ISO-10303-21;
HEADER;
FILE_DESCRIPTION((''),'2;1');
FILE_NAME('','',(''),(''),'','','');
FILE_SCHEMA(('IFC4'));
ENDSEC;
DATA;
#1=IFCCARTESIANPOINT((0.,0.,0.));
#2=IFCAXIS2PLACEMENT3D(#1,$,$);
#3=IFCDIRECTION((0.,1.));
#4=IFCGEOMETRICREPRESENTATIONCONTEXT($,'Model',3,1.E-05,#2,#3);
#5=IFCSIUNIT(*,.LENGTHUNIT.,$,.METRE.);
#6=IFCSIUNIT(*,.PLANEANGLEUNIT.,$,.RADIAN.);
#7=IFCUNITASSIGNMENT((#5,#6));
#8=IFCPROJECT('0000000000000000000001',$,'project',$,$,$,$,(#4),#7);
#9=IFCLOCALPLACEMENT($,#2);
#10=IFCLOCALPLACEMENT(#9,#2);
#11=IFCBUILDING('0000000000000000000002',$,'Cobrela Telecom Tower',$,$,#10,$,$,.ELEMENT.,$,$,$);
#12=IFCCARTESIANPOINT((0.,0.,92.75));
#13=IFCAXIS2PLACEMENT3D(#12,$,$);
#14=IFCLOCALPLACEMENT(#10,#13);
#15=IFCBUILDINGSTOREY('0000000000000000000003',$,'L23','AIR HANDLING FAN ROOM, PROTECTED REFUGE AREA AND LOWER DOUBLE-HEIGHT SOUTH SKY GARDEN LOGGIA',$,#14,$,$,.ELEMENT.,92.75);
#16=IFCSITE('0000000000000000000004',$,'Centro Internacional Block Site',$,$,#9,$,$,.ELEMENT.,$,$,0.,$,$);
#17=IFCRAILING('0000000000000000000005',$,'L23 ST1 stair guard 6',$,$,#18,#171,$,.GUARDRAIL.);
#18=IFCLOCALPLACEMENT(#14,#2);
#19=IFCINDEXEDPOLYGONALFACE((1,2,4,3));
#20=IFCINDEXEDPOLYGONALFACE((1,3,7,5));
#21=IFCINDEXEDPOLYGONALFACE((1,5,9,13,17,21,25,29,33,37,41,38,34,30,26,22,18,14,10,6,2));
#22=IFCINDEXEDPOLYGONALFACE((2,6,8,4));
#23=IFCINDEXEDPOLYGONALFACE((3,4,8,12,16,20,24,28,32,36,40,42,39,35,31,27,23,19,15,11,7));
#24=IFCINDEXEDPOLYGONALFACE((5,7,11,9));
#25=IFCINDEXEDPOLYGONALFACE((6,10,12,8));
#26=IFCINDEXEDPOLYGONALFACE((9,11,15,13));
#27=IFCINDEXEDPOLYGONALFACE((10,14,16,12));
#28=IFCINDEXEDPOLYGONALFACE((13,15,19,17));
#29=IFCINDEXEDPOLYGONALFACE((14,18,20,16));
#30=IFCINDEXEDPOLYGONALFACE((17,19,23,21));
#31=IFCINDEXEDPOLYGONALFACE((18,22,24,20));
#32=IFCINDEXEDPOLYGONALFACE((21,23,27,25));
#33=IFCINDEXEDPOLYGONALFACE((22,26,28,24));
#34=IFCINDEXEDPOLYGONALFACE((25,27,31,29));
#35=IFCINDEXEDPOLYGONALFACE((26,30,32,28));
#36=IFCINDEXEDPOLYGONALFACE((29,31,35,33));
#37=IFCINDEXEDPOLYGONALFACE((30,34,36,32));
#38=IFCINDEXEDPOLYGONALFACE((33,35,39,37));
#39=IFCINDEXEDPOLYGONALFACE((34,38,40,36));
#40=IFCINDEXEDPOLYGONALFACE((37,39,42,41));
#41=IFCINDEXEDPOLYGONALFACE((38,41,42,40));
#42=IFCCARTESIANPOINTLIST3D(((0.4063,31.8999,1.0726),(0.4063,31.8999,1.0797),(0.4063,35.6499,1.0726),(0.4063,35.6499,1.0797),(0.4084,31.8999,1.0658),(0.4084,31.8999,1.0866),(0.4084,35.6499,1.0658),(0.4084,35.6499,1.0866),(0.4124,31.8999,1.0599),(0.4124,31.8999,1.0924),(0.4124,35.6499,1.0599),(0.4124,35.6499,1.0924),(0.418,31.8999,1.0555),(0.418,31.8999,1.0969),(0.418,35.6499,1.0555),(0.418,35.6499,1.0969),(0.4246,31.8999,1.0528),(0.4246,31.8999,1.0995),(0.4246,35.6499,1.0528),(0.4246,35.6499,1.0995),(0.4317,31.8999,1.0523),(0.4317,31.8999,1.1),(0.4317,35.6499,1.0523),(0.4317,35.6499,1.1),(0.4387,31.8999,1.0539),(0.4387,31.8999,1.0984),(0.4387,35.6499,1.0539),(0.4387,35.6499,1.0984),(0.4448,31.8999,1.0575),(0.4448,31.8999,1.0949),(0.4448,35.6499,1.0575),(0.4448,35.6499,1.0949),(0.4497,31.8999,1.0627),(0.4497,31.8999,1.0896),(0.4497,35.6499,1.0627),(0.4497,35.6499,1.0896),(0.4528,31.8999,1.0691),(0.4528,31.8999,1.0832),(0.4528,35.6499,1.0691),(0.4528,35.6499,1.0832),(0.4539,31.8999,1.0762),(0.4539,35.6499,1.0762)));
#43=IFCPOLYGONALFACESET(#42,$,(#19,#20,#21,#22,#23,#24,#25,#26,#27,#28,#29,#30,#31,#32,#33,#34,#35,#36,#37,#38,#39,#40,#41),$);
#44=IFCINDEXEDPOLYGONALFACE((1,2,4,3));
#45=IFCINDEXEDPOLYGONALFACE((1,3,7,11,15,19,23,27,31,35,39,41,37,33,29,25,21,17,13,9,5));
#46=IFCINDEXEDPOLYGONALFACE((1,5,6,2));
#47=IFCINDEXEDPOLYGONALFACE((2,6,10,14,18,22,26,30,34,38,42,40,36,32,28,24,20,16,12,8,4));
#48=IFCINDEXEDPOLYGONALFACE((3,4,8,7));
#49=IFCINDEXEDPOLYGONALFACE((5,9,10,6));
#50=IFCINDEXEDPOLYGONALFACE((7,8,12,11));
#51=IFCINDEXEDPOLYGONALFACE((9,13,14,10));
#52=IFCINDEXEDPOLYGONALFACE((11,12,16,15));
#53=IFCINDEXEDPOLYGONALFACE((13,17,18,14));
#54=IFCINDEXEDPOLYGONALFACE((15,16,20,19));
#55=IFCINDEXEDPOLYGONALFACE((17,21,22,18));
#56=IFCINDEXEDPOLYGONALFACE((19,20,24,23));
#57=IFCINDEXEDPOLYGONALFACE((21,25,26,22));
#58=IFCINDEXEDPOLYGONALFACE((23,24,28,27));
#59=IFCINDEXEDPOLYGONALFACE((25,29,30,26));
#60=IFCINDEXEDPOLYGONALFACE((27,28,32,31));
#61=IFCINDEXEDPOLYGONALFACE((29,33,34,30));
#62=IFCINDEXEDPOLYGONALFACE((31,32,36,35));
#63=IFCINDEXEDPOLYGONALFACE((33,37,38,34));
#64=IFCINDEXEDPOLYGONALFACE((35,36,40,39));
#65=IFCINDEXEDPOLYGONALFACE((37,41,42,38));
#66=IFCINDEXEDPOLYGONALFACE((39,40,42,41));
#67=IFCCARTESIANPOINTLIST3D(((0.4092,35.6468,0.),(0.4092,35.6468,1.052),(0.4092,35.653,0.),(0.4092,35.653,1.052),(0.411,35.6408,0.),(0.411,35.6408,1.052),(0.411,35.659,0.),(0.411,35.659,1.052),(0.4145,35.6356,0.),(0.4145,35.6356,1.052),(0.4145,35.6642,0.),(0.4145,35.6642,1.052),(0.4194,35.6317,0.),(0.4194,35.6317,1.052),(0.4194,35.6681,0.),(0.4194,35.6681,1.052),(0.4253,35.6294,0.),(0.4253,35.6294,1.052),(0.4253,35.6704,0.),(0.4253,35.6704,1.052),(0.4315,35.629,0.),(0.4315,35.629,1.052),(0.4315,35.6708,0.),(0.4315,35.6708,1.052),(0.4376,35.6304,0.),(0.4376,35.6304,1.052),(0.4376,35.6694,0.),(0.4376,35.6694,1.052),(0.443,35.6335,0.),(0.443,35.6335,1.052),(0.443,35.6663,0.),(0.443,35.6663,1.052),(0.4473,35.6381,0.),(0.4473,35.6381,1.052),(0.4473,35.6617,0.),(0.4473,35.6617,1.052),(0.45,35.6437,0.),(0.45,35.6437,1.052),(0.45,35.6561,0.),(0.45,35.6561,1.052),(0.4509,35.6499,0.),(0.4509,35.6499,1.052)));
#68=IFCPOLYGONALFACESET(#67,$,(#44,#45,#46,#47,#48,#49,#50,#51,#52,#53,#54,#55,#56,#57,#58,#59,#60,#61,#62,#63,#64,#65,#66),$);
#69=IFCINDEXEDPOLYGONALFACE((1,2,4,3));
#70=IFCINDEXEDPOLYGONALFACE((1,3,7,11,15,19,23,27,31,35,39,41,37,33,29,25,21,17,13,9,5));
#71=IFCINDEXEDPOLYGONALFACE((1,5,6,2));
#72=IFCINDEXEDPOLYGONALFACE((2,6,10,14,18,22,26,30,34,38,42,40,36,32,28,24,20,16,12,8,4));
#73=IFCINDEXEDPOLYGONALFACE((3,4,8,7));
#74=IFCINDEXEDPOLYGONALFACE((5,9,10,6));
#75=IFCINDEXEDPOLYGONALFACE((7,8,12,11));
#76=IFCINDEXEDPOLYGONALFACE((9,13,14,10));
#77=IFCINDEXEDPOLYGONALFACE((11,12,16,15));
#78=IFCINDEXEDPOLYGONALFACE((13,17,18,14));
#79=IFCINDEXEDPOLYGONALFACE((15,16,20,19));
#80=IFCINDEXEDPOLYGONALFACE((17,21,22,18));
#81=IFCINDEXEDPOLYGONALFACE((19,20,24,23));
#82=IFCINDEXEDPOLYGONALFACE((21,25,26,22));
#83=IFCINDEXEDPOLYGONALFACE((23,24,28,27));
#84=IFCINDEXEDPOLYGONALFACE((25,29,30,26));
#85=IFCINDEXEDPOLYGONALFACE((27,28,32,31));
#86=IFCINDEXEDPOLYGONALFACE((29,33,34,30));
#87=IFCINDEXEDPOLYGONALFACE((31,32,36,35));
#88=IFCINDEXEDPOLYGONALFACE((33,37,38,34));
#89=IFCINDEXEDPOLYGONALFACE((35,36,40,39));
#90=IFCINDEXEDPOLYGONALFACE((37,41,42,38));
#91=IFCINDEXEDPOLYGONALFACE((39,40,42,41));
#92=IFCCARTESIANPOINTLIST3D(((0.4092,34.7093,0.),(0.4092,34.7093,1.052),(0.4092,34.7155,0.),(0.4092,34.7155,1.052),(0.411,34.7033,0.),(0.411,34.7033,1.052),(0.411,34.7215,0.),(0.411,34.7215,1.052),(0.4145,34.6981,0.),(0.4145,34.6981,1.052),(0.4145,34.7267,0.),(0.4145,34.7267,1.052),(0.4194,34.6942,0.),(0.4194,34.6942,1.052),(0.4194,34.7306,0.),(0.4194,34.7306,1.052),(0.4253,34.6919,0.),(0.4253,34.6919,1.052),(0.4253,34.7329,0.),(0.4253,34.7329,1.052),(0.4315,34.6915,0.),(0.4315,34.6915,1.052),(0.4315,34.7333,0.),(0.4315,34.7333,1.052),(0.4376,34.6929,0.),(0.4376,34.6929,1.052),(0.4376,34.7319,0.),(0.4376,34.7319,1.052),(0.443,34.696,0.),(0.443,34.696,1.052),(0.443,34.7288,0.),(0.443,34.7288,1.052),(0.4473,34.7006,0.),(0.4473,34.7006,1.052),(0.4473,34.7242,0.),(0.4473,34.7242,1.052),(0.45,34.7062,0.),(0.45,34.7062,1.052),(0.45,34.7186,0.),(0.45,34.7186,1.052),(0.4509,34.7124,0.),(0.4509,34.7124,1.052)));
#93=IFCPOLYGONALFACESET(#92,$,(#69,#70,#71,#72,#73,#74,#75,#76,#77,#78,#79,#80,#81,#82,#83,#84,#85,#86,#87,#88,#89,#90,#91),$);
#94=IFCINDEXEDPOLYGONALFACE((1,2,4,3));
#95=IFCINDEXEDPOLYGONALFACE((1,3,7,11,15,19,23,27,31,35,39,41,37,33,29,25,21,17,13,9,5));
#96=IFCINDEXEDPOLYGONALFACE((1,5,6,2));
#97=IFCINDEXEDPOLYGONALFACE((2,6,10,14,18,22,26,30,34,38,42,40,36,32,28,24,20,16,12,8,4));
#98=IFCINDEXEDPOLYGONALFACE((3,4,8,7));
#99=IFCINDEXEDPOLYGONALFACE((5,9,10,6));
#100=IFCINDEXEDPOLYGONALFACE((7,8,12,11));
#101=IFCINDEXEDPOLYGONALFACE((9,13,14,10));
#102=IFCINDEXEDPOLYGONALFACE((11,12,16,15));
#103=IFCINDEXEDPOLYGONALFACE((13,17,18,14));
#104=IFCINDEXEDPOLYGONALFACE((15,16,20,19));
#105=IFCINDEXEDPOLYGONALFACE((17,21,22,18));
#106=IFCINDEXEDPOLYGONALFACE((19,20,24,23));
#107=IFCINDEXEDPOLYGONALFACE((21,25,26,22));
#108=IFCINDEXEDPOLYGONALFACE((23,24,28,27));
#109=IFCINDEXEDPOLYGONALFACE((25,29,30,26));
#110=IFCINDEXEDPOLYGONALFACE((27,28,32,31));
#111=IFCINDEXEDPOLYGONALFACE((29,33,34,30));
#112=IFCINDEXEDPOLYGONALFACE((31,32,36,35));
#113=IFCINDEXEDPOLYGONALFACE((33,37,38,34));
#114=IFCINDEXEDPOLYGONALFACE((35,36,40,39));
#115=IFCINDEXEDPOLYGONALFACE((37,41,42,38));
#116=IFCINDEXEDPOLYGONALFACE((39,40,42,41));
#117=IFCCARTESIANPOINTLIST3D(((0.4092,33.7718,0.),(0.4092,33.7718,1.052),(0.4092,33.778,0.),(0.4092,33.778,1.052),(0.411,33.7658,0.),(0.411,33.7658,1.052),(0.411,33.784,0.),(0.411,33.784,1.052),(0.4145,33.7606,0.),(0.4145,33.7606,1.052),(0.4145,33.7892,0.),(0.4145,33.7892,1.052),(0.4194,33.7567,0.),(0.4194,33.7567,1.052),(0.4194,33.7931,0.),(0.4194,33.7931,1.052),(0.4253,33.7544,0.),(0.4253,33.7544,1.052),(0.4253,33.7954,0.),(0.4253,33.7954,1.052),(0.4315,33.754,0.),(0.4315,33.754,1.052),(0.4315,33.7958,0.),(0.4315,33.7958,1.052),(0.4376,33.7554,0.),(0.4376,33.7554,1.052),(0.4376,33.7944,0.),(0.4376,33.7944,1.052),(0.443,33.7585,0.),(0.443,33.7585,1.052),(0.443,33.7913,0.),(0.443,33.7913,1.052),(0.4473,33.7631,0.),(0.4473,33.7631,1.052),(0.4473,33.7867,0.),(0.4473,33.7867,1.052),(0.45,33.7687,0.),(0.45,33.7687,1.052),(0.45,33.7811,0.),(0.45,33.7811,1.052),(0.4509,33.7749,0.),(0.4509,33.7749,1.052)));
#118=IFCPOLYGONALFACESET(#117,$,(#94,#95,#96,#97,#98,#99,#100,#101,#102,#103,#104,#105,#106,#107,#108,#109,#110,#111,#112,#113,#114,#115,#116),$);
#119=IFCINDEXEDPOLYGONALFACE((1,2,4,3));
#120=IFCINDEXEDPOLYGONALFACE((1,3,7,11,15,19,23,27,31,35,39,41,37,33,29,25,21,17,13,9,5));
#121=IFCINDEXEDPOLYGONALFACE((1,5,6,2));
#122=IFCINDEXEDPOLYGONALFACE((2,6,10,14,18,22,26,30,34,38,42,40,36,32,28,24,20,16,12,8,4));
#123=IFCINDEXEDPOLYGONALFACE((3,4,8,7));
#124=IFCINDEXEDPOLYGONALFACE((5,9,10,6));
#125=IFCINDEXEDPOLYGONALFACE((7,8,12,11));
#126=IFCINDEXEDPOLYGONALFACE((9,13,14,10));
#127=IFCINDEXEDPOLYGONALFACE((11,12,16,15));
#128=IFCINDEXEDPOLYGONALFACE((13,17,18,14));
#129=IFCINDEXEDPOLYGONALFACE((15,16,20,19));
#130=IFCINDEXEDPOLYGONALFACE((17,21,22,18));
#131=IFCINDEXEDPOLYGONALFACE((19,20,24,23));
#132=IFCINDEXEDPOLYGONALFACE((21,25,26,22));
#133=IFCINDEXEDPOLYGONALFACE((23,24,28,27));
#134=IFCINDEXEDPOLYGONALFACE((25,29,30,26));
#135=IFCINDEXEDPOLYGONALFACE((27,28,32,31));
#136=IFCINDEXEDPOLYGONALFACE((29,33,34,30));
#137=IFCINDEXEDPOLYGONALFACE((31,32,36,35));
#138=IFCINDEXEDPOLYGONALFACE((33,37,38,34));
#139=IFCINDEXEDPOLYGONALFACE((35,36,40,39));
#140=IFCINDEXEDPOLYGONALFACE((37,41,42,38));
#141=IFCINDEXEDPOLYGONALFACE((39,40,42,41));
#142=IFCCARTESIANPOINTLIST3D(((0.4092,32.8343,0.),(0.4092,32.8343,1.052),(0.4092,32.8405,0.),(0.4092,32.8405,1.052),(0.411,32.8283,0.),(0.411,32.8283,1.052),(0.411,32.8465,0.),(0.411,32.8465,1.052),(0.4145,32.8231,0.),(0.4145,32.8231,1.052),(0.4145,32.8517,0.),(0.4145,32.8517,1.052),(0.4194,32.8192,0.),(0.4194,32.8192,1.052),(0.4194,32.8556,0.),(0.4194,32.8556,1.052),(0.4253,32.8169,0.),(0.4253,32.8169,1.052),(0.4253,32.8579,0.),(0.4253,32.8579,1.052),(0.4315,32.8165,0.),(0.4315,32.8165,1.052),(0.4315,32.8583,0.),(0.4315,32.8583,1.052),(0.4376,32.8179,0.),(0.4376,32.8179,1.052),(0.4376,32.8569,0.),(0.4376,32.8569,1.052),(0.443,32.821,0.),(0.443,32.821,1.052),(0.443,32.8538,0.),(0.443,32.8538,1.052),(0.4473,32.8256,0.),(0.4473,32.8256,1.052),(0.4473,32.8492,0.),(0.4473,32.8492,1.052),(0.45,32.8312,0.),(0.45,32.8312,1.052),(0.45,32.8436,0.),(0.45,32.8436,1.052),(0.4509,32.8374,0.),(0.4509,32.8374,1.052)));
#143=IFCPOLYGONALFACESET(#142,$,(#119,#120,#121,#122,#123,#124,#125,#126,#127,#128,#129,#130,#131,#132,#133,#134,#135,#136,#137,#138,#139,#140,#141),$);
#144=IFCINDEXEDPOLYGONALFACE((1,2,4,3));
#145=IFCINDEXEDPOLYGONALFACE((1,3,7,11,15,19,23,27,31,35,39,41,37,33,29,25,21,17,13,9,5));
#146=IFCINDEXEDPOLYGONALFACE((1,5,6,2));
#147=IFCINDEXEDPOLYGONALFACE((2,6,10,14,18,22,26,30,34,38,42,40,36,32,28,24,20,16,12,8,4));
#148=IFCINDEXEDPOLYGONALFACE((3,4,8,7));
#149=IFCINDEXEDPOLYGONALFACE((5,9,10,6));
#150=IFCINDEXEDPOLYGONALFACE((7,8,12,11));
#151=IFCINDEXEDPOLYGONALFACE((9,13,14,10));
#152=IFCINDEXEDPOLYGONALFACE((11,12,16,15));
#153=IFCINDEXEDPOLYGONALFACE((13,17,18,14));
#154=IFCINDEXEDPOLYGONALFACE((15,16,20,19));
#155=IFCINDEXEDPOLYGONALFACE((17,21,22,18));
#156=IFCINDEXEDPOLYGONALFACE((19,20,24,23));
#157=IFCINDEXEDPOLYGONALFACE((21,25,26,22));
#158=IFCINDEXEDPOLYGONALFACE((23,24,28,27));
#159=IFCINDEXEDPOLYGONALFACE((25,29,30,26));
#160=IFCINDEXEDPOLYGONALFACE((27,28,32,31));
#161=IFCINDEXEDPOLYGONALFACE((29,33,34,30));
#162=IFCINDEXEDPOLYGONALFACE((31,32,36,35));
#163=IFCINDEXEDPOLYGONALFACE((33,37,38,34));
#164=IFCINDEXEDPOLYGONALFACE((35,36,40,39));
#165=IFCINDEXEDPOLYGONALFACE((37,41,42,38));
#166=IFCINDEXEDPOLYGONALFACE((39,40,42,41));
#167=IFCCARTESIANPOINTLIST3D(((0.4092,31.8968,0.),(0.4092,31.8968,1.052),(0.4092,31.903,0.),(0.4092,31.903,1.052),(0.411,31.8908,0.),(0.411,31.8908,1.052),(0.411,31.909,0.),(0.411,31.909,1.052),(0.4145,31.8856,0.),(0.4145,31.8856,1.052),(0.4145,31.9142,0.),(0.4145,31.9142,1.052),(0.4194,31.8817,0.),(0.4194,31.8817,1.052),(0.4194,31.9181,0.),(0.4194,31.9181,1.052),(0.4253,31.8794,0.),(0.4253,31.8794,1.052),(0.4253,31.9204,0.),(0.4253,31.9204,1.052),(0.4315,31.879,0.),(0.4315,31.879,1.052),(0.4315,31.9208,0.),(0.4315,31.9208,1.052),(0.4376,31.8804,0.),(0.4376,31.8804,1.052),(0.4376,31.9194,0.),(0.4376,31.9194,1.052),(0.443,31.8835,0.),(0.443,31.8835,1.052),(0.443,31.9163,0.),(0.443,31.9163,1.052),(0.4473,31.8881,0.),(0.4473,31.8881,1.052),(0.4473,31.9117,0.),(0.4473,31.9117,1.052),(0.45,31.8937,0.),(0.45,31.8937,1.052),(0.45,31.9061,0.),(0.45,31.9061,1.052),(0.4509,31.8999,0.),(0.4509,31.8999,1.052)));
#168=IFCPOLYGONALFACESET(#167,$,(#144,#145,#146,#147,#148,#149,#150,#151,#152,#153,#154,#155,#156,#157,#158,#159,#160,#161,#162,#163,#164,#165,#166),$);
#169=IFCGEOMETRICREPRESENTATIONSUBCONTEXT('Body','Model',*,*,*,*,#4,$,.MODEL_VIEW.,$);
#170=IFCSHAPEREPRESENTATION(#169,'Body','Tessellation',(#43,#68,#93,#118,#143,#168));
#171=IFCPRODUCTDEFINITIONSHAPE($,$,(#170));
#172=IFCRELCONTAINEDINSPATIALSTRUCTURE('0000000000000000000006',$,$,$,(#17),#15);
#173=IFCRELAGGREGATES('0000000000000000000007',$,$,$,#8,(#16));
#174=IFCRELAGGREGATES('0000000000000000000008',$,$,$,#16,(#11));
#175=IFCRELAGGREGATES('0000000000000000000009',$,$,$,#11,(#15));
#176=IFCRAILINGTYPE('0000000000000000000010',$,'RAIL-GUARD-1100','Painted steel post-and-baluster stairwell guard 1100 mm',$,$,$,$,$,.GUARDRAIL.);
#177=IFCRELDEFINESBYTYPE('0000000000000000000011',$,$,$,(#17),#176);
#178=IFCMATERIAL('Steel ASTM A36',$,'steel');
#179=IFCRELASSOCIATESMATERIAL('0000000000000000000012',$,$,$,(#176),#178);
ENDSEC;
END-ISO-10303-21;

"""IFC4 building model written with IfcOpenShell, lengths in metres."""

from ifc_helpers import new_model, si_unit, direction, frame, origin, origin_2d, place, context, subcontext, project, spatial, circle, extrude, material, type_object, element, save


model = new_model("IFC4")

# Units and contexts
model_context = context("Model", 3, precision=1e-05, world=origin(), true_north=direction((0.0, 1.0)))
body_context = subcontext(model_context, "Body", "Model", "MODEL_VIEW")
ifc_project = project(units=[si_unit("LENGTHUNIT", "METRE"), si_unit("PLANEANGLEUNIT", "RADIAN")], contexts=[model_context])

# Site, building, storey
site_placement = place(None, origin())
site = spatial("IfcSite", under=ifc_project, at=site_placement, Name="Centro Internacional Block Site", CompositionType="ELEMENT", RefElevation=0.0)
building_placement = place(site_placement, origin())
building = spatial("IfcBuilding", under=site, at=building_placement, Name="Cobrela Telecom Tower", CompositionType="ELEMENT")
storey_placement = place(building_placement, frame((0.0, 0.0, 92.75)))
storey = spatial("IfcBuildingStorey", under=building, at=storey_placement, Name="L23", Description="AIR HANDLING FAN ROOM, PROTECTED REFUGE AREA AND LOWER DOUBLE-HEIGHT SOUTH SKY GARDEN LOGGIA", CompositionType="ELEMENT", Elevation=92.75)

# Railing
ifc_material_1 = material(Name="Steel ASTM A36", Category="steel")
railing_type_1 = type_object("IfcRailingType", Name="RAIL-GUARD-1100", Description="Painted steel post-and-baluster stairwell guard 1100 mm", PredefinedType="GUARDRAIL", material=ifc_material_1)
railing_1_placement = place(storey_placement, frame((0.4299, 35.6499, 0.0)))
element("IfcRailing", 1, at=railing_1_placement, inside=storey, type_object=railing_type_1, Name="L23 ST1 stair guard 6", PredefinedType="GUARDRAIL", context=body_context, shape_type="SweptSolid", body=[
    extrude(circle(Radius=0.0239, at=origin_2d()), frame((0.0, 0.0, 1.0762), z_axis=(0.0, -1.0, 0.0), x_axis=(1.0, 0.0, 0.0)), (0.0, 0.0, 1.0), 3.75),
    extrude(circle(Radius=0.021, at=origin_2d()), origin(), (0.0, 0.0, 1.0), 1.052),
    extrude(circle(Radius=0.021, at=origin_2d()), frame((0.0, -0.9375, 0.0)), (0.0, 0.0, 1.0), 1.052),
    extrude(circle(Radius=0.021, at=origin_2d()), frame((0.0, -1.875, 0.0)), (0.0, 0.0, 1.0), 1.052),
    extrude(circle(Radius=0.021, at=origin_2d()), frame((0.0, -2.8125, 0.0)), (0.0, 0.0, 1.0), 1.052),
    extrude(circle(Radius=0.021, at=origin_2d()), frame((0.0, -3.75, 0.0)), (0.0, 0.0, 1.0), 1.052),
])

save(model, "model.ifc")
